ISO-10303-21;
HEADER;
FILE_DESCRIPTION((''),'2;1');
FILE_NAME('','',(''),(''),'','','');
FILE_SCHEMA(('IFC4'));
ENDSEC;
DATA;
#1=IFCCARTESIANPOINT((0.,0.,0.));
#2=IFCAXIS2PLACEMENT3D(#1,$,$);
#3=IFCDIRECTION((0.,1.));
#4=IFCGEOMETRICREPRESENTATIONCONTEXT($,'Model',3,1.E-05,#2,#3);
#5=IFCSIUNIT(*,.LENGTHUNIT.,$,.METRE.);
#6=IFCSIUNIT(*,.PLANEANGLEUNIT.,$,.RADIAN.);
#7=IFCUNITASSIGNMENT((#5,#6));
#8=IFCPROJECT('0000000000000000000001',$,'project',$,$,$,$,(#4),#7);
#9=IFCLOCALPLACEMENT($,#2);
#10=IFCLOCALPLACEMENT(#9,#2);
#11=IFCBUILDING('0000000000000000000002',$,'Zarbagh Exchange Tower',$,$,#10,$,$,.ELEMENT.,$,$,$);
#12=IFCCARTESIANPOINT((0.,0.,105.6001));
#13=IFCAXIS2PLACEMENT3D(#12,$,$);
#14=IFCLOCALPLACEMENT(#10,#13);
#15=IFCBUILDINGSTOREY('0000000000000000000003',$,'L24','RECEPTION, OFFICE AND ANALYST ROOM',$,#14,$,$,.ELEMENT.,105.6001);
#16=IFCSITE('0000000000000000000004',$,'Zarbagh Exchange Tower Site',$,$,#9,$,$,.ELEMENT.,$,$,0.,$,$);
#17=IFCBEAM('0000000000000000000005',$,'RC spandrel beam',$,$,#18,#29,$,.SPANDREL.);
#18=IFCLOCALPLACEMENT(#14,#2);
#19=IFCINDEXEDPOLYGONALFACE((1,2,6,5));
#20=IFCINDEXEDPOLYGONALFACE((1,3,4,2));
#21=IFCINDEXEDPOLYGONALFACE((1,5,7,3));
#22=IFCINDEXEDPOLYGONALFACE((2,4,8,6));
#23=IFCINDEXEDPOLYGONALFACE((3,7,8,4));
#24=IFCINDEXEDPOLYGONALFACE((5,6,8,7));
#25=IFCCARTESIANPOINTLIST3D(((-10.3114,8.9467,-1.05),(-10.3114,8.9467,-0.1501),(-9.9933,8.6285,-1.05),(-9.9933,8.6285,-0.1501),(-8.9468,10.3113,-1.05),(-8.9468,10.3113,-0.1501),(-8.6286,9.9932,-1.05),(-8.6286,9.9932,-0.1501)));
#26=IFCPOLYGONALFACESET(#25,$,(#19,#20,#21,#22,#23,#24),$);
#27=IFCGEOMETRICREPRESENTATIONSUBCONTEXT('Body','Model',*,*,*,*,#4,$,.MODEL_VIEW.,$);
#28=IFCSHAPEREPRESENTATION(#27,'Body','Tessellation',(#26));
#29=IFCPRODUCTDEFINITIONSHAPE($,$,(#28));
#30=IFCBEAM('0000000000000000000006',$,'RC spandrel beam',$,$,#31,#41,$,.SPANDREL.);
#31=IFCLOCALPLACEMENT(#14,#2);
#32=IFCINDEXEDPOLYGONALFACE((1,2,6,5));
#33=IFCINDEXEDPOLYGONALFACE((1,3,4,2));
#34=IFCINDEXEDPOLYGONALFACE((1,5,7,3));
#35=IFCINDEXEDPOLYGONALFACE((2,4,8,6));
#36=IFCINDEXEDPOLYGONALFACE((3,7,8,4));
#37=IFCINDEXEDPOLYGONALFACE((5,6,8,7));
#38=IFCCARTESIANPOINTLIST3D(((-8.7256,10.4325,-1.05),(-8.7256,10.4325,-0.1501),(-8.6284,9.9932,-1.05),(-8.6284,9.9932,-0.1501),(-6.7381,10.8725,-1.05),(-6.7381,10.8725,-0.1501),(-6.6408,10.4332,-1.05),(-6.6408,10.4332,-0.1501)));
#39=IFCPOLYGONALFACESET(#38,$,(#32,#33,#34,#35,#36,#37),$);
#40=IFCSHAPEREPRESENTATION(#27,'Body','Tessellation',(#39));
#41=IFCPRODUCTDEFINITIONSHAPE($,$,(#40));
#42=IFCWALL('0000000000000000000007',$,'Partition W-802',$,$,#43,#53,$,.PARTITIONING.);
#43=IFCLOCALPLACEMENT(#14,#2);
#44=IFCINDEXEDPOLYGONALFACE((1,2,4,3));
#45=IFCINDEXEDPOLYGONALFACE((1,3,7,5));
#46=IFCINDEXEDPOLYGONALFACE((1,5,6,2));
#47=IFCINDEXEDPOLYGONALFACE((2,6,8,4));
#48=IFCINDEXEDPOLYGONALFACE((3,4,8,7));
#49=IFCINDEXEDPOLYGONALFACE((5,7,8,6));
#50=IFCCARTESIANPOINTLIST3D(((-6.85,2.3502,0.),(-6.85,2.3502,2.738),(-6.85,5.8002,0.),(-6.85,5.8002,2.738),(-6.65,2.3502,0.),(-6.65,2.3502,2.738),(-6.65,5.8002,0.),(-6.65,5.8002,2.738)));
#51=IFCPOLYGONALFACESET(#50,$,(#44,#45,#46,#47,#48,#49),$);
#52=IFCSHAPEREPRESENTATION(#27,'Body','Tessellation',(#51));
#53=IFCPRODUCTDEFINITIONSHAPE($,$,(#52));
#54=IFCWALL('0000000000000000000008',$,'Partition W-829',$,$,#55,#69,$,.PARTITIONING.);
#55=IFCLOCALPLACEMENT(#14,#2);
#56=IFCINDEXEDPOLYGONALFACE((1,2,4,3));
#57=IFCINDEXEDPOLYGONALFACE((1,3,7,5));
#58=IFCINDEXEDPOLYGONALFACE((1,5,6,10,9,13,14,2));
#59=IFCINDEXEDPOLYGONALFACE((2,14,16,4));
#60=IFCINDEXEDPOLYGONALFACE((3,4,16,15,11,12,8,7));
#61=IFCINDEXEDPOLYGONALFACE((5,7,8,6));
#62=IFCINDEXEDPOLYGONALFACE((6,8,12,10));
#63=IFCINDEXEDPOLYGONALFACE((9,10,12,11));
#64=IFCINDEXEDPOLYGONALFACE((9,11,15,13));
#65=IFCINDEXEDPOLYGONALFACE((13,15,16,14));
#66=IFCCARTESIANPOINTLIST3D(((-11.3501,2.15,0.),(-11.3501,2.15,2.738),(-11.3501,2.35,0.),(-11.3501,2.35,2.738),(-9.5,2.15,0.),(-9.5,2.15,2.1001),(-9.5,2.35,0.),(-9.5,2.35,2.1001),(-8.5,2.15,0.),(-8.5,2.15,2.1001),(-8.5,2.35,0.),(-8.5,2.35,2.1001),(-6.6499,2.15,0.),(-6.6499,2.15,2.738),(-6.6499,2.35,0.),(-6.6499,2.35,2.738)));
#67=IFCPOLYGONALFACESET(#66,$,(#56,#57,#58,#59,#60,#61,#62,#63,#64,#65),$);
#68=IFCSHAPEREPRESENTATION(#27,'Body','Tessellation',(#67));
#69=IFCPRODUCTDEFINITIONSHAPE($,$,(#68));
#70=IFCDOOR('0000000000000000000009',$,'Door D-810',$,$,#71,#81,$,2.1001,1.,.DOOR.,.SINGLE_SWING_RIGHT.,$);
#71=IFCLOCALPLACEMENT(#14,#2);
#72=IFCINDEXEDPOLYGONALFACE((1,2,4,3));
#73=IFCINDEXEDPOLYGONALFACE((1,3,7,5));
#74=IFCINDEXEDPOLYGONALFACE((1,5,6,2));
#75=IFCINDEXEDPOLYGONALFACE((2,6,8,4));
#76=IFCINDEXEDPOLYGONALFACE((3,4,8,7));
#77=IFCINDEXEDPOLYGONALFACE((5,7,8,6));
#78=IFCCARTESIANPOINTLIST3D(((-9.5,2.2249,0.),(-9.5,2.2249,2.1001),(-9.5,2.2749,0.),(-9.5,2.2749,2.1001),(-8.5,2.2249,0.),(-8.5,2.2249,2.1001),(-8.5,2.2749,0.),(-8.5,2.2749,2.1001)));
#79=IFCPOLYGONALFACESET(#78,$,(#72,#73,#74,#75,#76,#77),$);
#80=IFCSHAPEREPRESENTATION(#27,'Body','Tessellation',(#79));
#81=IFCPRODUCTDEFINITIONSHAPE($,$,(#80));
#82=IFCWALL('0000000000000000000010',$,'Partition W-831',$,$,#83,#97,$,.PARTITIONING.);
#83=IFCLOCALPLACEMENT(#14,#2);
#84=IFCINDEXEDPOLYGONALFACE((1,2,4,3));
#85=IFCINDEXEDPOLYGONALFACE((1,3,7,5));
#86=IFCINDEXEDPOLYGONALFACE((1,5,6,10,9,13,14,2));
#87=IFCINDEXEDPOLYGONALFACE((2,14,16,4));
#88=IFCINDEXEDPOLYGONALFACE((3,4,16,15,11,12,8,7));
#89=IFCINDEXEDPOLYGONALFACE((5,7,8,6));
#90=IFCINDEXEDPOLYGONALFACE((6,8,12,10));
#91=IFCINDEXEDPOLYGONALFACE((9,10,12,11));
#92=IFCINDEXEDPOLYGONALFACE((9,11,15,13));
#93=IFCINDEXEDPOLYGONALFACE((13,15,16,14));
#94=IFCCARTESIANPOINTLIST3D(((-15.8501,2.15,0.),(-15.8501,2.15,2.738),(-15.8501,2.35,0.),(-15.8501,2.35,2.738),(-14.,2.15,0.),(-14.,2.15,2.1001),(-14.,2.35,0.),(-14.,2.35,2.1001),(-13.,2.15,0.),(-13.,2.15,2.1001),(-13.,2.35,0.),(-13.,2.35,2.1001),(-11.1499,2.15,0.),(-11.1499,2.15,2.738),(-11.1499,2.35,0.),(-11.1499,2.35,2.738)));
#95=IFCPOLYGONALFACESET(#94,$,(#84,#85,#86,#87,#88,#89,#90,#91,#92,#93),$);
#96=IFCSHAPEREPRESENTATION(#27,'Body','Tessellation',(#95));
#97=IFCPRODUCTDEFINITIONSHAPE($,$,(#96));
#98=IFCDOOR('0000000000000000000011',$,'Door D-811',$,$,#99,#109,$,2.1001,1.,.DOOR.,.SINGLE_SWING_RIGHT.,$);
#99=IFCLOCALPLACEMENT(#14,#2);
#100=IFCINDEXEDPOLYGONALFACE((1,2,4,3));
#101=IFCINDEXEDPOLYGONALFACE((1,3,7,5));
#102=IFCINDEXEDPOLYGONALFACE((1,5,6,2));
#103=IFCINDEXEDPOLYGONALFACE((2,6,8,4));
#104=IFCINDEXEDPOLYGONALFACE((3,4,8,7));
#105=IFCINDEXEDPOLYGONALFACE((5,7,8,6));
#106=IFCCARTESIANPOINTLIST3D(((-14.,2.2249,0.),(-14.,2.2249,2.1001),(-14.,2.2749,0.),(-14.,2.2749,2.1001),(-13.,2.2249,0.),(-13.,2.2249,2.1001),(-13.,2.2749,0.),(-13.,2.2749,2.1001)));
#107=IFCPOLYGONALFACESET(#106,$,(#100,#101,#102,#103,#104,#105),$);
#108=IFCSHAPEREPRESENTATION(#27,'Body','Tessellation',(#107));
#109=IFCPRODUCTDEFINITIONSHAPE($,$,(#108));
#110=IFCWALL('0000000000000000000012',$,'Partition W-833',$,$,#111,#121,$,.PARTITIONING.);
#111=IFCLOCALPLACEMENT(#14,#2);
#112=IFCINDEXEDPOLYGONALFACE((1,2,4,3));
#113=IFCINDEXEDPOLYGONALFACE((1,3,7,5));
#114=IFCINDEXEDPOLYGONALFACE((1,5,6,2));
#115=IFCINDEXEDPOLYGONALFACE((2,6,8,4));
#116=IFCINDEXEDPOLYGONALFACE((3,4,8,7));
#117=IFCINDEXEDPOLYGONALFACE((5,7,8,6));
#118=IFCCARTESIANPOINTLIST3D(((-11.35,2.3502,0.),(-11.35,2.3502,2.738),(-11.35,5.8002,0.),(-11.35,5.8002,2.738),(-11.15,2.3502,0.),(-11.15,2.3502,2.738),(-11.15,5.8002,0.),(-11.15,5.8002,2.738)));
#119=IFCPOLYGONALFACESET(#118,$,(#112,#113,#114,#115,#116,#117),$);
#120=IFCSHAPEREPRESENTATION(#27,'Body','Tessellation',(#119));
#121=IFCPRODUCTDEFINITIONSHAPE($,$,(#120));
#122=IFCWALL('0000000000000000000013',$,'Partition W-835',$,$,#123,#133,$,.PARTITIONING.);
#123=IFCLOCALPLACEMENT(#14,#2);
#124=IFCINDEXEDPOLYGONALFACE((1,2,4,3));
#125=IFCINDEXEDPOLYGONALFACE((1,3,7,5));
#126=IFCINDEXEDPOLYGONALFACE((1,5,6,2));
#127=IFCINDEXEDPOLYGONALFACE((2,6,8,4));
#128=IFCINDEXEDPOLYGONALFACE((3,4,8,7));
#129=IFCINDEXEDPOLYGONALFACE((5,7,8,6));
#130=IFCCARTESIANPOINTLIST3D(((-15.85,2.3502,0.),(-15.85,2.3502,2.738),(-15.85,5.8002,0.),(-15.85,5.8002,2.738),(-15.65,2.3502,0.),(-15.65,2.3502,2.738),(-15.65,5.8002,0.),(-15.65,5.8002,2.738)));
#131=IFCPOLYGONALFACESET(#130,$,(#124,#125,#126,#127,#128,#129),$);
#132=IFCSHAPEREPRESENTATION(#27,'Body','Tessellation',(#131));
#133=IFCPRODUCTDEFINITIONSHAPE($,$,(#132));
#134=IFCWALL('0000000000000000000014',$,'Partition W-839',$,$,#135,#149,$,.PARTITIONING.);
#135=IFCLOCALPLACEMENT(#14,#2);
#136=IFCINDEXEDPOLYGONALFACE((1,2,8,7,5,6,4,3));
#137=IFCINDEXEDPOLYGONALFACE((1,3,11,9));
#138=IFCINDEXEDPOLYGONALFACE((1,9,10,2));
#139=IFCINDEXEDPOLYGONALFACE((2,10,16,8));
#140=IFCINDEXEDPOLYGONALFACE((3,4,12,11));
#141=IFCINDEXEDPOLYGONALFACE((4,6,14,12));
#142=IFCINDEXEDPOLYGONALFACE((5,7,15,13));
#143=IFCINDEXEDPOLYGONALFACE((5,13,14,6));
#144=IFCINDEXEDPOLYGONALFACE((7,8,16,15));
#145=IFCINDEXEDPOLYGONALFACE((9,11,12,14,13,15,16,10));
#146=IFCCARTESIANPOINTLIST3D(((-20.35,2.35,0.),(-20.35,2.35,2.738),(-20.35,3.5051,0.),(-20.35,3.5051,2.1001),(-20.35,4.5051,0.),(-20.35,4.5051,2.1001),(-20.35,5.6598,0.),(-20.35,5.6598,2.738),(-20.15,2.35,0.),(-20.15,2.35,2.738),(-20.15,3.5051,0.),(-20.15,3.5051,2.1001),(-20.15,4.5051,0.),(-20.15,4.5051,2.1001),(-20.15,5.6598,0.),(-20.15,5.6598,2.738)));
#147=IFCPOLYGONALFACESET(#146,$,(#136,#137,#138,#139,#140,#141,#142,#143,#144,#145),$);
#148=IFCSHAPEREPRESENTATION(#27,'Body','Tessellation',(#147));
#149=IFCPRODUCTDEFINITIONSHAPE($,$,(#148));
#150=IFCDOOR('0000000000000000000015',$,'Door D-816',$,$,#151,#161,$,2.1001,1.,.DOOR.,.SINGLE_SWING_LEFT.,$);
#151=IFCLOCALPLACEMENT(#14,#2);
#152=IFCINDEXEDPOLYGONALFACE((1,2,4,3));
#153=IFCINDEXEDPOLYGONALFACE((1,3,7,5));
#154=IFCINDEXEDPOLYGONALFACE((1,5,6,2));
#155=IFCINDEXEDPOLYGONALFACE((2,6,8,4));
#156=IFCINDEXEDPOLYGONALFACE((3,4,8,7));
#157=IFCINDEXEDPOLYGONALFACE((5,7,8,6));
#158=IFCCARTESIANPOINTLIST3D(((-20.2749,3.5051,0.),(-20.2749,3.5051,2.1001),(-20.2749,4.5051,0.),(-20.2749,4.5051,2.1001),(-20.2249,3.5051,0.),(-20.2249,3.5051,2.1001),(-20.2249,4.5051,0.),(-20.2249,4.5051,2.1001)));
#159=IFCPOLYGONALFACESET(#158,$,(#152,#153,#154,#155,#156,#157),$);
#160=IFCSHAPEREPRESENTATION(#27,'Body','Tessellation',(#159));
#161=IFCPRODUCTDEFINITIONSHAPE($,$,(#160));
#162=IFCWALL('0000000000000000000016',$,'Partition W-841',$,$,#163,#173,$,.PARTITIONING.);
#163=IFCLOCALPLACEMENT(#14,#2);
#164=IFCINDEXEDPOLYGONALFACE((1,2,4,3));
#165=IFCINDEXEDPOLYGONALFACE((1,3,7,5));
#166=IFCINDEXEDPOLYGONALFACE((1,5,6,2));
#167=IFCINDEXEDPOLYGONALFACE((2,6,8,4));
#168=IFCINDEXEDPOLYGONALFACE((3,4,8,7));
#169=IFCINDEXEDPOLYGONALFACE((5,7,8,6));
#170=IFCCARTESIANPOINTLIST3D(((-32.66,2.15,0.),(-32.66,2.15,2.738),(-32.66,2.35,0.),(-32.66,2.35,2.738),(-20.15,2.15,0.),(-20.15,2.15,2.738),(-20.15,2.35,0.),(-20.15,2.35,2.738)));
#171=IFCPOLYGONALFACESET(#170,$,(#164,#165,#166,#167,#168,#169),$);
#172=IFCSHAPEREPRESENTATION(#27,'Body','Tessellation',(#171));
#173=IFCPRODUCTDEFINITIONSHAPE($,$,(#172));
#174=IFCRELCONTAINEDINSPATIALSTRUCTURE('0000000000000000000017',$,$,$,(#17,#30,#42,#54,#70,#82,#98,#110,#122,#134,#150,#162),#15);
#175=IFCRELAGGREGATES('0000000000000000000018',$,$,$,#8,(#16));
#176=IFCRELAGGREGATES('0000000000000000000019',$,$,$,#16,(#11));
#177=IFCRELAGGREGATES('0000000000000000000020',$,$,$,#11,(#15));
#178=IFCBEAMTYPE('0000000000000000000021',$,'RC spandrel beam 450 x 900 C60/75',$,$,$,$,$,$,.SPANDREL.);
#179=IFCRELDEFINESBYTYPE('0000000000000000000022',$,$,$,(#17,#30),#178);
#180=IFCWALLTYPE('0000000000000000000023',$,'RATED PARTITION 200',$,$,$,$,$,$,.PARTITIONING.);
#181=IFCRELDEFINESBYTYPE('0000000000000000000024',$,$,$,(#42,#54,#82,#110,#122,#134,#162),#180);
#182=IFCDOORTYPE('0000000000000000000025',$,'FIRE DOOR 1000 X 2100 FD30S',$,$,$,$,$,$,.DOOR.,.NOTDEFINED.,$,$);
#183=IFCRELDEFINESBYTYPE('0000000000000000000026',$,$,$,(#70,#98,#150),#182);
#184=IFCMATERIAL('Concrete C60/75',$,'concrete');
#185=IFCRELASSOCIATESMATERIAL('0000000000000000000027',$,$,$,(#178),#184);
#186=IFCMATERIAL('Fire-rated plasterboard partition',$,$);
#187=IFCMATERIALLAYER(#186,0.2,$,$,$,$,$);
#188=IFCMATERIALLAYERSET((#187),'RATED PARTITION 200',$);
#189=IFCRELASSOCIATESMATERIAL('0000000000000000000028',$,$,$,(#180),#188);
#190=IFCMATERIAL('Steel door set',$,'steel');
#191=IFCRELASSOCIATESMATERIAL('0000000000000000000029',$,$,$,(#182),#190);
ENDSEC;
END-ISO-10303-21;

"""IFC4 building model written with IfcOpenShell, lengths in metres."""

from ifc_helpers import new_model, si_unit, direction, frame, frame_2d, origin, origin_2d, place, context, subcontext, project, spatial, rectangle, extrude, material, layer, layer_set, material_profile, profile_set, type_object, element, fill, save


model = new_model("IFC4")

# Units and contexts
model_context = context("Model", 3, precision=1e-05, world=origin(), true_north=direction((0.0, 1.0)))
body_context = subcontext(model_context, "Body", "Model", "MODEL_VIEW")
ifc_project = project(units=[si_unit("LENGTHUNIT", "METRE"), si_unit("PLANEANGLEUNIT", "RADIAN")], contexts=[model_context])

# Site, building, storey
site_placement = place(None, origin())
site = spatial("IfcSite", under=ifc_project, at=site_placement, Name="Zarbagh Exchange Tower Site", CompositionType="ELEMENT", RefElevation=0.0)
building_placement = place(site_placement, origin())
building = spatial("IfcBuilding", under=site, at=building_placement, Name="Zarbagh Exchange Tower", CompositionType="ELEMENT")
storey_placement = place(building_placement, frame((0.0, 0.0, 105.6001)))
storey = spatial("IfcBuildingStorey", under=building, at=storey_placement, Name="L24", Description="RECEPTION, OFFICE AND ANALYST ROOM", CompositionType="ELEMENT", Elevation=105.6001)

# Shared definitions
ifc_material_1 = material(Name="Concrete C60/75", Category="concrete")

# Beams
ifc_material_profile_1 = material_profile(ifc_material_1, rectangle(XDim=0.45, YDim=0.8999, at=origin_2d()), Name="RC spandrel beam 450 x 900 C60/75")
ifc_profile_set_1 = profile_set([ifc_material_profile_1], Name="Concrete C60/75")
beam_type_1 = type_object("IfcBeamType", Name="RC spandrel beam 450 x 900 C60/75", PredefinedType="SPANDREL", material=ifc_profile_set_1)
beam_1_placement = place(storey_placement, frame((-10.1523, 8.7876, -0.6001), z_axis=(0.707107, 0.707107, 0.0), x_axis=(-0.707107, 0.707107, 0.0)))
element("IfcBeam", 1, at=beam_1_placement, inside=storey, type_object=beam_type_1, Name="RC spandrel beam", PredefinedType="SPANDREL", context=body_context, shape_type="SweptSolid", body=[
    extrude(rectangle(XDim=0.45, YDim=0.8999, at=origin_2d()), origin(), (0.0, 0.0, 1.0), 1.9299),
])
beam_2_placement = place(storey_placement, frame((-8.677, 10.2129, -0.6001), z_axis=(0.976367, 0.216118, 0.0), x_axis=(-0.216118, 0.976367, 0.0)))
element("IfcBeam", 2, at=beam_2_placement, inside=storey, type_object=beam_type_1, Name="RC spandrel beam", PredefinedType="SPANDREL", context=body_context, shape_type="SweptSolid", body=[
    extrude(rectangle(XDim=0.45, YDim=0.8999, at=origin_2d()), origin(), (0.0, 0.0, 1.0), 2.0356),
])

# Wall
ifc_material_2 = material(Name="Fire-rated plasterboard partition")
ifc_layer = layer(ifc_material_2, 0.2)
ifc_layer_set = layer_set([ifc_layer], Name="RATED PARTITION 200")
wall_type = type_object("IfcWallType", Name="RATED PARTITION 200", PredefinedType="PARTITIONING", material=ifc_layer_set)
wall_1_placement = place(storey_placement, frame((-6.75, 2.3501, 0.0), z_axis=(0.0, 0.0, 1.0), x_axis=(0.0, 1.0, 0.0)))
element("IfcWall", 3, at=wall_1_placement, inside=storey, type_object=wall_type, Name="Partition W-802", PredefinedType="PARTITIONING", context=body_context, shape_type="SweptSolid", body=[
    extrude(rectangle(XDim=3.45, YDim=0.2, at=frame_2d((1.7251, 0.0))), origin(), (0.0, 0.0, 1.0), 2.738),
])

# Walls, openings, doors
wall_2_placement = place(storey_placement, frame((-11.3501, 2.25, 0.0), z_axis=(0.0, 0.0, 1.0), x_axis=(1.0, 0.0, 0.0)))
wall_2 = element("IfcWall", 4, at=wall_2_placement, inside=storey, type_object=wall_type, Name="Partition W-829", PredefinedType="PARTITIONING", context=body_context, shape_type="SweptSolid", body=[
    extrude(rectangle(XDim=4.7002, YDim=0.2, at=frame_2d((2.3501, 0.0))), origin(), (0.0, 0.0, 1.0), 2.738),
])
opening_1_placement = place(wall_2_placement, frame((1.8501, 0.0, 0.0)))
opening_1 = element("IfcOpeningElement", 5, at=opening_1_placement, cuts=wall_2, PredefinedType="OPENING", context=body_context, shape_type="SweptSolid", body=[
    extrude(rectangle(XDim=1.0, YDim=2.1001, at=frame_2d((0.5, 1.05))), frame((0.0, 0.1099, 0.0), z_axis=(0.0, -1.0, 0.0), x_axis=(1.0, 0.0, 0.0)), (0.0, 0.0, 1.0), 0.22),
])
ifc_material_3 = material(Name="Steel door set", Category="steel")
door_type = type_object("IfcDoorType", Name="FIRE DOOR 1000 X 2100 FD30S", OperationType="NOTDEFINED", PredefinedType="DOOR", material=ifc_material_3)
door_1_placement = place(opening_1_placement, origin())
door_1 = element("IfcDoor", 6, at=door_1_placement, inside=storey, type_object=door_type, Name="Door D-810", OperationType="SINGLE_SWING_RIGHT", OverallHeight=2.1001, OverallWidth=1.0, PredefinedType="DOOR", context=body_context, shape_type="SweptSolid", body=[
    extrude(rectangle(XDim=1.0, YDim=2.1001, at=frame_2d((0.5, 1.05))), frame((0.0, 0.0249, 0.0), z_axis=(0.0, -1.0, 0.0), x_axis=(1.0, 0.0, 0.0)), (0.0, 0.0, 1.0), 0.05),
])
fill(opening_1, door_1)
wall_3_placement = place(storey_placement, frame((-15.8501, 2.25, 0.0), z_axis=(0.0, 0.0, 1.0), x_axis=(1.0, 0.0, 0.0)))
wall_3 = element("IfcWall", 7, at=wall_3_placement, inside=storey, type_object=wall_type, Name="Partition W-831", PredefinedType="PARTITIONING", context=body_context, shape_type="SweptSolid", body=[
    extrude(rectangle(XDim=4.7002, YDim=0.2, at=frame_2d((2.3501, 0.0))), origin(), (0.0, 0.0, 1.0), 2.738),
])
opening_2_placement = place(wall_3_placement, frame((1.8501, 0.0, 0.0)))
opening_2 = element("IfcOpeningElement", 8, at=opening_2_placement, cuts=wall_3, PredefinedType="OPENING", context=body_context, shape_type="SweptSolid", body=[
    extrude(rectangle(XDim=1.0, YDim=2.1001, at=frame_2d((0.5, 1.05))), frame((0.0, 0.1099, 0.0), z_axis=(0.0, -1.0, 0.0), x_axis=(1.0, 0.0, 0.0)), (0.0, 0.0, 1.0), 0.22),
])
door_2_placement = place(opening_2_placement, origin())
door_2 = element("IfcDoor", 9, at=door_2_placement, inside=storey, type_object=door_type, Name="Door D-811", OperationType="SINGLE_SWING_RIGHT", OverallHeight=2.1001, OverallWidth=1.0, PredefinedType="DOOR", context=body_context, shape_type="SweptSolid", body=[
    extrude(rectangle(XDim=1.0, YDim=2.1001, at=frame_2d((0.5, 1.05))), frame((0.0, 0.0249, 0.0), z_axis=(0.0, -1.0, 0.0), x_axis=(1.0, 0.0, 0.0)), (0.0, 0.0, 1.0), 0.05),
])
fill(opening_2, door_2)

# Walls
for number, where, z_axis, x_axis, name in (
    (10, (-11.25, 2.3501, 0.0), (0.0, 0.0, 1.0), (0.0, 1.0, 0.0), "Partition W-833"),
    (11, (-15.75, 2.3501, 0.0), (0.0, 0.0, 1.0), (0.0, 1.0, 0.0), "Partition W-835"),
):
    element("IfcWall", number, at=place(storey_placement, frame(where, z_axis=z_axis, x_axis=x_axis)), inside=storey, type_object=wall_type, Name=name, PredefinedType="PARTITIONING", context=body_context, shape_type="SweptSolid", body=[
        extrude(rectangle(XDim=3.45, YDim=0.2, at=frame_2d((1.7251, 0.0))), origin(), (0.0, 0.0, 1.0), 2.738),
    ])

# Wall, opening, door
wall_4_placement = place(storey_placement, frame((-20.25, 2.3501, 0.0), z_axis=(0.0, 0.0, 1.0), x_axis=(0.0, 1.0, 0.0)))
wall_4 = element("IfcWall", 12, at=wall_4_placement, inside=storey, type_object=wall_type, Name="Partition W-839", PredefinedType="PARTITIONING", context=body_context, shape_type="SweptSolid", body=[
    extrude(rectangle(XDim=3.3098, YDim=0.2, at=frame_2d((1.6548, 0.0))), origin(), (0.0, 0.0, 1.0), 2.738),
])
opening_3_placement = place(wall_4_placement, frame((1.155, 0.0, 0.0)))
opening_3 = element("IfcOpeningElement", 13, at=opening_3_placement, cuts=wall_4, PredefinedType="OPENING", context=body_context, shape_type="SweptSolid", body=[
    extrude(rectangle(XDim=1.0, YDim=2.1001, at=frame_2d((0.5, 1.05))), frame((0.0, 0.1099, 0.0), z_axis=(0.0, -1.0, 0.0), x_axis=(1.0, 0.0, 0.0)), (0.0, 0.0, 1.0), 0.22),
])
door_3_placement = place(opening_3_placement, origin())
door_3 = element("IfcDoor", 14, at=door_3_placement, inside=storey, type_object=door_type, Name="Door D-816", OperationType="SINGLE_SWING_LEFT", OverallHeight=2.1001, OverallWidth=1.0, PredefinedType="DOOR", context=body_context, shape_type="SweptSolid", body=[
    extrude(rectangle(XDim=1.0, YDim=2.1001, at=frame_2d((0.5, 1.05))), frame((0.0, 0.0249, 0.0), z_axis=(0.0, -1.0, 0.0), x_axis=(1.0, 0.0, 0.0)), (0.0, 0.0, 1.0), 0.05),
])
fill(opening_3, door_3)

# Wall
wall_5_placement = place(storey_placement, frame((-32.6599, 2.25, 0.0), z_axis=(0.0, 0.0, 1.0), x_axis=(1.0, 0.0, 0.0)))
element("IfcWall", 15, at=wall_5_placement, inside=storey, type_object=wall_type, Name="Partition W-841", PredefinedType="PARTITIONING", context=body_context, shape_type="SweptSolid", body=[
    extrude(rectangle(XDim=12.51, YDim=0.2, at=frame_2d((6.2549, 0.0))), origin(), (0.0, 0.0, 1.0), 2.738),
])

save(model, "model.ifc")
